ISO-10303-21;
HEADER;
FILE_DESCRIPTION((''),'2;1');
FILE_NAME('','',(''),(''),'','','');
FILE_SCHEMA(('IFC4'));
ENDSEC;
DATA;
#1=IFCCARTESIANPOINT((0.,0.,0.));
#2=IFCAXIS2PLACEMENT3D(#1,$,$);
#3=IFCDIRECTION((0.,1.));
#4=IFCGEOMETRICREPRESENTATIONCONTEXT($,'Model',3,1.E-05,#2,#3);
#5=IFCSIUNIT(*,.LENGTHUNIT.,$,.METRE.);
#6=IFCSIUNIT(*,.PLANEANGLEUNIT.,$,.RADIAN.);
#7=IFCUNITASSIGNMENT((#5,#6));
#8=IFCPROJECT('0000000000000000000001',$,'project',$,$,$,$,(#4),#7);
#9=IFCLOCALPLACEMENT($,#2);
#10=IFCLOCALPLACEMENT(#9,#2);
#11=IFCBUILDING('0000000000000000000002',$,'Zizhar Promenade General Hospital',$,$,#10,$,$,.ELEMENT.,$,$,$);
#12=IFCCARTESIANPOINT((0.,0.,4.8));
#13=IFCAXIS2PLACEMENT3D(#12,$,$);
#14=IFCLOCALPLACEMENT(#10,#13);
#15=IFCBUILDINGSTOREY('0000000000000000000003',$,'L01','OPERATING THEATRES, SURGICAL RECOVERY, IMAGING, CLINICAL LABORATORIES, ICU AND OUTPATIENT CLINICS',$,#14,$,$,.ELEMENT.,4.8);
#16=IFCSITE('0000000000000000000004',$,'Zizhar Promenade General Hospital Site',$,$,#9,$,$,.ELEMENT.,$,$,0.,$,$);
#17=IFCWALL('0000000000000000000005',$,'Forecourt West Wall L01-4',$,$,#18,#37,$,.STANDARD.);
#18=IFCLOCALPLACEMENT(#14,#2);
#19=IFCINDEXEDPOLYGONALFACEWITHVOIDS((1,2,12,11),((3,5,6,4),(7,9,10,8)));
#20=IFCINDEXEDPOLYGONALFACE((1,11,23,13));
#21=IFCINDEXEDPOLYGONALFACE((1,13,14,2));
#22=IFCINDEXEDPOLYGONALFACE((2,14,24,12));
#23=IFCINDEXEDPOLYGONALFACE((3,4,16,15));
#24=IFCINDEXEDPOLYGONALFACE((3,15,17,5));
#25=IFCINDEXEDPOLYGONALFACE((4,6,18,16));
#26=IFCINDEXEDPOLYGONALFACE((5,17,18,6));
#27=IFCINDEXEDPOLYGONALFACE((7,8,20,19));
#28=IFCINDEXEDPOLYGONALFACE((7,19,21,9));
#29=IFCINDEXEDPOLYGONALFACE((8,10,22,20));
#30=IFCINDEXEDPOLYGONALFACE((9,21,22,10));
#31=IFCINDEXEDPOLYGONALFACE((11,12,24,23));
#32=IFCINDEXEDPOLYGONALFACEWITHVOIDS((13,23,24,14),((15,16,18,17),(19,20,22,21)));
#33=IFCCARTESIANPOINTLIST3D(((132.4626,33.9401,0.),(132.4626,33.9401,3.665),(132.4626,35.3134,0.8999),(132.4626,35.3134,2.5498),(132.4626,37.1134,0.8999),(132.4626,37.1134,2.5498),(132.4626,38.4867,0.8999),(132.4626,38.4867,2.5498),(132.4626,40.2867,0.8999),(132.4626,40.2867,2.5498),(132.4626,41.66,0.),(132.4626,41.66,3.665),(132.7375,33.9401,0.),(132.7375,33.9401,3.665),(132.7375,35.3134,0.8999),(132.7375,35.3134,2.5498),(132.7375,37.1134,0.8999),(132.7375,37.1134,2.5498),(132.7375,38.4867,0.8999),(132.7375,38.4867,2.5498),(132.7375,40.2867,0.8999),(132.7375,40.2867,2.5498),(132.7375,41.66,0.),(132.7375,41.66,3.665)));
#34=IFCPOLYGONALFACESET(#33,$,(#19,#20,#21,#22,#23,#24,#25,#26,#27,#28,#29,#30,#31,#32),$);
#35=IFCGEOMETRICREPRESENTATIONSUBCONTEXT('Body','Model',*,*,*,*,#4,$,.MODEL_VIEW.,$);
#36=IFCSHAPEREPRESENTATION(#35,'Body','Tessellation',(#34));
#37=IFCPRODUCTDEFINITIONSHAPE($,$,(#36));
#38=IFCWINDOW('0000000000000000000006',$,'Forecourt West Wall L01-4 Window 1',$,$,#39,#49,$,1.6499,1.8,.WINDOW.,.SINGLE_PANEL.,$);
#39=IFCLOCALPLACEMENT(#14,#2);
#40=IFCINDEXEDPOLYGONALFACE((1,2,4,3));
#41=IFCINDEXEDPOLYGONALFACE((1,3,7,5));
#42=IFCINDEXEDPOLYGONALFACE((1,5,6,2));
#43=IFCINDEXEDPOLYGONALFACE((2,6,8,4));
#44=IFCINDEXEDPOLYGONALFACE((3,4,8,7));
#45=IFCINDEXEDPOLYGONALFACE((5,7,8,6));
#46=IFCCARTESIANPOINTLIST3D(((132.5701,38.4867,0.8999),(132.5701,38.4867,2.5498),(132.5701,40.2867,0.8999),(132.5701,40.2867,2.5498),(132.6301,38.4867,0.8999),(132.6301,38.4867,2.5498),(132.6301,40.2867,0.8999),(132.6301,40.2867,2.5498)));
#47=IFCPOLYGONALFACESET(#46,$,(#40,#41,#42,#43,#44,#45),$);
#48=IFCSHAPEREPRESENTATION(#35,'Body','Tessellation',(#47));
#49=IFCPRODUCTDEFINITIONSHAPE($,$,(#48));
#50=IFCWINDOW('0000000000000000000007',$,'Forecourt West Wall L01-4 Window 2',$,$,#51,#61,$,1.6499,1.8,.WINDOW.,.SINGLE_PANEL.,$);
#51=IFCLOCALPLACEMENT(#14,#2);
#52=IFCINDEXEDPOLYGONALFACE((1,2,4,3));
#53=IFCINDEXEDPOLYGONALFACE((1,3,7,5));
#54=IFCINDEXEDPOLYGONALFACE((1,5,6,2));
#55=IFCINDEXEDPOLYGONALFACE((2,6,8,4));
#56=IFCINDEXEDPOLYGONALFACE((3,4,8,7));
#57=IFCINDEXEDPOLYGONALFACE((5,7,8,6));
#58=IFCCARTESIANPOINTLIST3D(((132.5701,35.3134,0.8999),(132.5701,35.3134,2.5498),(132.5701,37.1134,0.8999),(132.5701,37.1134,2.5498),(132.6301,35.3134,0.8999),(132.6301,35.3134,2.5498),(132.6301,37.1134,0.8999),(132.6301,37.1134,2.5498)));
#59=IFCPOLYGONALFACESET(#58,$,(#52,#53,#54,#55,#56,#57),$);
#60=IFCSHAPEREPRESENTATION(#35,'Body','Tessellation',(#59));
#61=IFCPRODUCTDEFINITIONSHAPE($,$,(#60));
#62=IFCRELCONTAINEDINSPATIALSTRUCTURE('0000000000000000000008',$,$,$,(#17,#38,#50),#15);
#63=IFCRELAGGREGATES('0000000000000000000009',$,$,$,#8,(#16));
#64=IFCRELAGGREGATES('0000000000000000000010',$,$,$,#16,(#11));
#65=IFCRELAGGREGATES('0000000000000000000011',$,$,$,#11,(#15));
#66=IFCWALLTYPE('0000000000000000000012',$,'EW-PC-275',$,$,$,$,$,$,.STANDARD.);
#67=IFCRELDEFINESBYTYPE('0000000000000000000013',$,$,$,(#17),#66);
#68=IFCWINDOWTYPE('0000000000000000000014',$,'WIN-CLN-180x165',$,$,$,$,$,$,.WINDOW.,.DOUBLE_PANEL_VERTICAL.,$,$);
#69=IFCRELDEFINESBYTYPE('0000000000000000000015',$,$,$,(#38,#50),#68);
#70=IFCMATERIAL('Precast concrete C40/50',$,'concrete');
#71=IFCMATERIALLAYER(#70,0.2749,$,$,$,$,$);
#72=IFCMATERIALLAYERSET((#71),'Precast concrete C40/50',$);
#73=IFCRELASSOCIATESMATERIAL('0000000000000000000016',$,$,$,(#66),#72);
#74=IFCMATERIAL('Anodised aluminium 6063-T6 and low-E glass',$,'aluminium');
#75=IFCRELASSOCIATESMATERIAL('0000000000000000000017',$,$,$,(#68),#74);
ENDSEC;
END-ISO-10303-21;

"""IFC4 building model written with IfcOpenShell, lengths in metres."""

from ifc_helpers import new_model, si_unit, direction, frame, frame_2d, origin, place, context, subcontext, project, spatial, rectangle, extrude, material, layer, layer_set, type_object, element, fill, save


model = new_model("IFC4")

# Units and contexts
model_context = context("Model", 3, precision=1e-05, world=origin(), true_north=direction((0.0, 1.0)))
body_context = subcontext(model_context, "Body", "Model", "MODEL_VIEW")
ifc_project = project(units=[si_unit("LENGTHUNIT", "METRE"), si_unit("PLANEANGLEUNIT", "RADIAN")], contexts=[model_context])

# Site, building, storey
site_placement = place(None, origin())
site = spatial("IfcSite", under=ifc_project, at=site_placement, Name="Zizhar Promenade General Hospital Site", CompositionType="ELEMENT", RefElevation=0.0)
building_placement = place(site_placement, origin())
building = spatial("IfcBuilding", under=site, at=building_placement, Name="Zizhar Promenade General Hospital", CompositionType="ELEMENT")
storey_placement = place(building_placement, frame((0.0, 0.0, 4.8)))
storey = spatial("IfcBuildingStorey", under=building, at=storey_placement, Name="L01", Description="OPERATING THEATRES, SURGICAL RECOVERY, IMAGING, CLINICAL LABORATORIES, ICU AND OUTPATIENT CLINICS", CompositionType="ELEMENT", Elevation=4.8)

# Wall, openings, windows
ifc_material_1 = material(Name="Precast concrete C40/50", Category="concrete")
ifc_layer_1 = layer(ifc_material_1, 0.2749)
ifc_layer_set_1 = layer_set([ifc_layer_1], Name="Precast concrete C40/50")
wall_type = type_object("IfcWallType", Name="EW-PC-275", PredefinedType="STANDARD", material=ifc_layer_set_1)
wall_placement = place(storey_placement, frame((132.6001, 41.6599, 0.0), z_axis=(0.0, 0.0, 1.0), x_axis=(0.0, -1.0, 0.0)))
wall = element("IfcWall", 1, at=wall_placement, inside=storey, type_object=wall_type, Name="Forecourt West Wall L01-4", PredefinedType="STANDARD", context=body_context, shape_type="SweptSolid", body=[
    extrude(rectangle(XDim=7.72, YDim=0.2749, at=frame_2d((3.8599, 0.0))), origin(), (0.0, 0.0, 1.0), 3.665),
])
opening_1_placement = place(wall_placement, frame((1.3733, 0.0, 0.8999)))
opening_1 = element("IfcOpeningElement", 2, at=opening_1_placement, cuts=wall, PredefinedType="OPENING", context=body_context, shape_type="SweptSolid", body=[
    extrude(rectangle(XDim=1.8, YDim=1.6499, at=frame_2d((0.8999, 0.825))), frame((0.0, 0.1475, 0.0), z_axis=(0.0, -1.0, 0.0), x_axis=(1.0, 0.0, 0.0)), (0.0, 0.0, 1.0), 0.2949),
])
opening_2_placement = place(wall_placement, frame((4.5466, 0.0, 0.8999)))
opening_2 = element("IfcOpeningElement", 3, at=opening_2_placement, cuts=wall, PredefinedType="OPENING", context=body_context, shape_type="SweptSolid", body=[
    extrude(rectangle(XDim=1.8, YDim=1.6499, at=frame_2d((0.8999, 0.825))), frame((0.0, 0.1475, 0.0), z_axis=(0.0, -1.0, 0.0), x_axis=(1.0, 0.0, 0.0)), (0.0, 0.0, 1.0), 0.2949),
])
ifc_material_2 = material(Name="Anodised aluminium 6063-T6 and low-E glass", Category="aluminium")
window_type = type_object("IfcWindowType", Name="WIN-CLN-180x165", PartitioningType="DOUBLE_PANEL_VERTICAL", PredefinedType="WINDOW", material=ifc_material_2)
window_1_placement = place(opening_1_placement, origin())
window_1 = element("IfcWindow", 4, at=window_1_placement, inside=storey, type_object=window_type, Name="Forecourt West Wall L01-4 Window 1", OverallHeight=1.6499, OverallWidth=1.8, PartitioningType="SINGLE_PANEL", PredefinedType="WINDOW", context=body_context, shape_type="SweptSolid", body=[
    extrude(rectangle(XDim=1.8, YDim=1.6499, at=frame_2d((0.8999, 0.825))), frame((0.0, 0.03, 0.0), z_axis=(0.0, -1.0, 0.0), x_axis=(1.0, 0.0, 0.0)), (0.0, 0.0, 1.0), 0.0601),
])
fill(opening_1, window_1)
window_2_placement = place(opening_2_placement, origin())
window_2 = element("IfcWindow", 5, at=window_2_placement, inside=storey, type_object=window_type, Name="Forecourt West Wall L01-4 Window 2", OverallHeight=1.6499, OverallWidth=1.8, PartitioningType="SINGLE_PANEL", PredefinedType="WINDOW", context=body_context, shape_type="SweptSolid", body=[
    extrude(rectangle(XDim=1.8, YDim=1.6499, at=frame_2d((0.8999, 0.825))), frame((0.0, 0.03, 0.0), z_axis=(0.0, -1.0, 0.0), x_axis=(1.0, 0.0, 0.0)), (0.0, 0.0, 1.0), 0.0601),
])
fill(opening_2, window_2)

save(model, "model.ifc")
